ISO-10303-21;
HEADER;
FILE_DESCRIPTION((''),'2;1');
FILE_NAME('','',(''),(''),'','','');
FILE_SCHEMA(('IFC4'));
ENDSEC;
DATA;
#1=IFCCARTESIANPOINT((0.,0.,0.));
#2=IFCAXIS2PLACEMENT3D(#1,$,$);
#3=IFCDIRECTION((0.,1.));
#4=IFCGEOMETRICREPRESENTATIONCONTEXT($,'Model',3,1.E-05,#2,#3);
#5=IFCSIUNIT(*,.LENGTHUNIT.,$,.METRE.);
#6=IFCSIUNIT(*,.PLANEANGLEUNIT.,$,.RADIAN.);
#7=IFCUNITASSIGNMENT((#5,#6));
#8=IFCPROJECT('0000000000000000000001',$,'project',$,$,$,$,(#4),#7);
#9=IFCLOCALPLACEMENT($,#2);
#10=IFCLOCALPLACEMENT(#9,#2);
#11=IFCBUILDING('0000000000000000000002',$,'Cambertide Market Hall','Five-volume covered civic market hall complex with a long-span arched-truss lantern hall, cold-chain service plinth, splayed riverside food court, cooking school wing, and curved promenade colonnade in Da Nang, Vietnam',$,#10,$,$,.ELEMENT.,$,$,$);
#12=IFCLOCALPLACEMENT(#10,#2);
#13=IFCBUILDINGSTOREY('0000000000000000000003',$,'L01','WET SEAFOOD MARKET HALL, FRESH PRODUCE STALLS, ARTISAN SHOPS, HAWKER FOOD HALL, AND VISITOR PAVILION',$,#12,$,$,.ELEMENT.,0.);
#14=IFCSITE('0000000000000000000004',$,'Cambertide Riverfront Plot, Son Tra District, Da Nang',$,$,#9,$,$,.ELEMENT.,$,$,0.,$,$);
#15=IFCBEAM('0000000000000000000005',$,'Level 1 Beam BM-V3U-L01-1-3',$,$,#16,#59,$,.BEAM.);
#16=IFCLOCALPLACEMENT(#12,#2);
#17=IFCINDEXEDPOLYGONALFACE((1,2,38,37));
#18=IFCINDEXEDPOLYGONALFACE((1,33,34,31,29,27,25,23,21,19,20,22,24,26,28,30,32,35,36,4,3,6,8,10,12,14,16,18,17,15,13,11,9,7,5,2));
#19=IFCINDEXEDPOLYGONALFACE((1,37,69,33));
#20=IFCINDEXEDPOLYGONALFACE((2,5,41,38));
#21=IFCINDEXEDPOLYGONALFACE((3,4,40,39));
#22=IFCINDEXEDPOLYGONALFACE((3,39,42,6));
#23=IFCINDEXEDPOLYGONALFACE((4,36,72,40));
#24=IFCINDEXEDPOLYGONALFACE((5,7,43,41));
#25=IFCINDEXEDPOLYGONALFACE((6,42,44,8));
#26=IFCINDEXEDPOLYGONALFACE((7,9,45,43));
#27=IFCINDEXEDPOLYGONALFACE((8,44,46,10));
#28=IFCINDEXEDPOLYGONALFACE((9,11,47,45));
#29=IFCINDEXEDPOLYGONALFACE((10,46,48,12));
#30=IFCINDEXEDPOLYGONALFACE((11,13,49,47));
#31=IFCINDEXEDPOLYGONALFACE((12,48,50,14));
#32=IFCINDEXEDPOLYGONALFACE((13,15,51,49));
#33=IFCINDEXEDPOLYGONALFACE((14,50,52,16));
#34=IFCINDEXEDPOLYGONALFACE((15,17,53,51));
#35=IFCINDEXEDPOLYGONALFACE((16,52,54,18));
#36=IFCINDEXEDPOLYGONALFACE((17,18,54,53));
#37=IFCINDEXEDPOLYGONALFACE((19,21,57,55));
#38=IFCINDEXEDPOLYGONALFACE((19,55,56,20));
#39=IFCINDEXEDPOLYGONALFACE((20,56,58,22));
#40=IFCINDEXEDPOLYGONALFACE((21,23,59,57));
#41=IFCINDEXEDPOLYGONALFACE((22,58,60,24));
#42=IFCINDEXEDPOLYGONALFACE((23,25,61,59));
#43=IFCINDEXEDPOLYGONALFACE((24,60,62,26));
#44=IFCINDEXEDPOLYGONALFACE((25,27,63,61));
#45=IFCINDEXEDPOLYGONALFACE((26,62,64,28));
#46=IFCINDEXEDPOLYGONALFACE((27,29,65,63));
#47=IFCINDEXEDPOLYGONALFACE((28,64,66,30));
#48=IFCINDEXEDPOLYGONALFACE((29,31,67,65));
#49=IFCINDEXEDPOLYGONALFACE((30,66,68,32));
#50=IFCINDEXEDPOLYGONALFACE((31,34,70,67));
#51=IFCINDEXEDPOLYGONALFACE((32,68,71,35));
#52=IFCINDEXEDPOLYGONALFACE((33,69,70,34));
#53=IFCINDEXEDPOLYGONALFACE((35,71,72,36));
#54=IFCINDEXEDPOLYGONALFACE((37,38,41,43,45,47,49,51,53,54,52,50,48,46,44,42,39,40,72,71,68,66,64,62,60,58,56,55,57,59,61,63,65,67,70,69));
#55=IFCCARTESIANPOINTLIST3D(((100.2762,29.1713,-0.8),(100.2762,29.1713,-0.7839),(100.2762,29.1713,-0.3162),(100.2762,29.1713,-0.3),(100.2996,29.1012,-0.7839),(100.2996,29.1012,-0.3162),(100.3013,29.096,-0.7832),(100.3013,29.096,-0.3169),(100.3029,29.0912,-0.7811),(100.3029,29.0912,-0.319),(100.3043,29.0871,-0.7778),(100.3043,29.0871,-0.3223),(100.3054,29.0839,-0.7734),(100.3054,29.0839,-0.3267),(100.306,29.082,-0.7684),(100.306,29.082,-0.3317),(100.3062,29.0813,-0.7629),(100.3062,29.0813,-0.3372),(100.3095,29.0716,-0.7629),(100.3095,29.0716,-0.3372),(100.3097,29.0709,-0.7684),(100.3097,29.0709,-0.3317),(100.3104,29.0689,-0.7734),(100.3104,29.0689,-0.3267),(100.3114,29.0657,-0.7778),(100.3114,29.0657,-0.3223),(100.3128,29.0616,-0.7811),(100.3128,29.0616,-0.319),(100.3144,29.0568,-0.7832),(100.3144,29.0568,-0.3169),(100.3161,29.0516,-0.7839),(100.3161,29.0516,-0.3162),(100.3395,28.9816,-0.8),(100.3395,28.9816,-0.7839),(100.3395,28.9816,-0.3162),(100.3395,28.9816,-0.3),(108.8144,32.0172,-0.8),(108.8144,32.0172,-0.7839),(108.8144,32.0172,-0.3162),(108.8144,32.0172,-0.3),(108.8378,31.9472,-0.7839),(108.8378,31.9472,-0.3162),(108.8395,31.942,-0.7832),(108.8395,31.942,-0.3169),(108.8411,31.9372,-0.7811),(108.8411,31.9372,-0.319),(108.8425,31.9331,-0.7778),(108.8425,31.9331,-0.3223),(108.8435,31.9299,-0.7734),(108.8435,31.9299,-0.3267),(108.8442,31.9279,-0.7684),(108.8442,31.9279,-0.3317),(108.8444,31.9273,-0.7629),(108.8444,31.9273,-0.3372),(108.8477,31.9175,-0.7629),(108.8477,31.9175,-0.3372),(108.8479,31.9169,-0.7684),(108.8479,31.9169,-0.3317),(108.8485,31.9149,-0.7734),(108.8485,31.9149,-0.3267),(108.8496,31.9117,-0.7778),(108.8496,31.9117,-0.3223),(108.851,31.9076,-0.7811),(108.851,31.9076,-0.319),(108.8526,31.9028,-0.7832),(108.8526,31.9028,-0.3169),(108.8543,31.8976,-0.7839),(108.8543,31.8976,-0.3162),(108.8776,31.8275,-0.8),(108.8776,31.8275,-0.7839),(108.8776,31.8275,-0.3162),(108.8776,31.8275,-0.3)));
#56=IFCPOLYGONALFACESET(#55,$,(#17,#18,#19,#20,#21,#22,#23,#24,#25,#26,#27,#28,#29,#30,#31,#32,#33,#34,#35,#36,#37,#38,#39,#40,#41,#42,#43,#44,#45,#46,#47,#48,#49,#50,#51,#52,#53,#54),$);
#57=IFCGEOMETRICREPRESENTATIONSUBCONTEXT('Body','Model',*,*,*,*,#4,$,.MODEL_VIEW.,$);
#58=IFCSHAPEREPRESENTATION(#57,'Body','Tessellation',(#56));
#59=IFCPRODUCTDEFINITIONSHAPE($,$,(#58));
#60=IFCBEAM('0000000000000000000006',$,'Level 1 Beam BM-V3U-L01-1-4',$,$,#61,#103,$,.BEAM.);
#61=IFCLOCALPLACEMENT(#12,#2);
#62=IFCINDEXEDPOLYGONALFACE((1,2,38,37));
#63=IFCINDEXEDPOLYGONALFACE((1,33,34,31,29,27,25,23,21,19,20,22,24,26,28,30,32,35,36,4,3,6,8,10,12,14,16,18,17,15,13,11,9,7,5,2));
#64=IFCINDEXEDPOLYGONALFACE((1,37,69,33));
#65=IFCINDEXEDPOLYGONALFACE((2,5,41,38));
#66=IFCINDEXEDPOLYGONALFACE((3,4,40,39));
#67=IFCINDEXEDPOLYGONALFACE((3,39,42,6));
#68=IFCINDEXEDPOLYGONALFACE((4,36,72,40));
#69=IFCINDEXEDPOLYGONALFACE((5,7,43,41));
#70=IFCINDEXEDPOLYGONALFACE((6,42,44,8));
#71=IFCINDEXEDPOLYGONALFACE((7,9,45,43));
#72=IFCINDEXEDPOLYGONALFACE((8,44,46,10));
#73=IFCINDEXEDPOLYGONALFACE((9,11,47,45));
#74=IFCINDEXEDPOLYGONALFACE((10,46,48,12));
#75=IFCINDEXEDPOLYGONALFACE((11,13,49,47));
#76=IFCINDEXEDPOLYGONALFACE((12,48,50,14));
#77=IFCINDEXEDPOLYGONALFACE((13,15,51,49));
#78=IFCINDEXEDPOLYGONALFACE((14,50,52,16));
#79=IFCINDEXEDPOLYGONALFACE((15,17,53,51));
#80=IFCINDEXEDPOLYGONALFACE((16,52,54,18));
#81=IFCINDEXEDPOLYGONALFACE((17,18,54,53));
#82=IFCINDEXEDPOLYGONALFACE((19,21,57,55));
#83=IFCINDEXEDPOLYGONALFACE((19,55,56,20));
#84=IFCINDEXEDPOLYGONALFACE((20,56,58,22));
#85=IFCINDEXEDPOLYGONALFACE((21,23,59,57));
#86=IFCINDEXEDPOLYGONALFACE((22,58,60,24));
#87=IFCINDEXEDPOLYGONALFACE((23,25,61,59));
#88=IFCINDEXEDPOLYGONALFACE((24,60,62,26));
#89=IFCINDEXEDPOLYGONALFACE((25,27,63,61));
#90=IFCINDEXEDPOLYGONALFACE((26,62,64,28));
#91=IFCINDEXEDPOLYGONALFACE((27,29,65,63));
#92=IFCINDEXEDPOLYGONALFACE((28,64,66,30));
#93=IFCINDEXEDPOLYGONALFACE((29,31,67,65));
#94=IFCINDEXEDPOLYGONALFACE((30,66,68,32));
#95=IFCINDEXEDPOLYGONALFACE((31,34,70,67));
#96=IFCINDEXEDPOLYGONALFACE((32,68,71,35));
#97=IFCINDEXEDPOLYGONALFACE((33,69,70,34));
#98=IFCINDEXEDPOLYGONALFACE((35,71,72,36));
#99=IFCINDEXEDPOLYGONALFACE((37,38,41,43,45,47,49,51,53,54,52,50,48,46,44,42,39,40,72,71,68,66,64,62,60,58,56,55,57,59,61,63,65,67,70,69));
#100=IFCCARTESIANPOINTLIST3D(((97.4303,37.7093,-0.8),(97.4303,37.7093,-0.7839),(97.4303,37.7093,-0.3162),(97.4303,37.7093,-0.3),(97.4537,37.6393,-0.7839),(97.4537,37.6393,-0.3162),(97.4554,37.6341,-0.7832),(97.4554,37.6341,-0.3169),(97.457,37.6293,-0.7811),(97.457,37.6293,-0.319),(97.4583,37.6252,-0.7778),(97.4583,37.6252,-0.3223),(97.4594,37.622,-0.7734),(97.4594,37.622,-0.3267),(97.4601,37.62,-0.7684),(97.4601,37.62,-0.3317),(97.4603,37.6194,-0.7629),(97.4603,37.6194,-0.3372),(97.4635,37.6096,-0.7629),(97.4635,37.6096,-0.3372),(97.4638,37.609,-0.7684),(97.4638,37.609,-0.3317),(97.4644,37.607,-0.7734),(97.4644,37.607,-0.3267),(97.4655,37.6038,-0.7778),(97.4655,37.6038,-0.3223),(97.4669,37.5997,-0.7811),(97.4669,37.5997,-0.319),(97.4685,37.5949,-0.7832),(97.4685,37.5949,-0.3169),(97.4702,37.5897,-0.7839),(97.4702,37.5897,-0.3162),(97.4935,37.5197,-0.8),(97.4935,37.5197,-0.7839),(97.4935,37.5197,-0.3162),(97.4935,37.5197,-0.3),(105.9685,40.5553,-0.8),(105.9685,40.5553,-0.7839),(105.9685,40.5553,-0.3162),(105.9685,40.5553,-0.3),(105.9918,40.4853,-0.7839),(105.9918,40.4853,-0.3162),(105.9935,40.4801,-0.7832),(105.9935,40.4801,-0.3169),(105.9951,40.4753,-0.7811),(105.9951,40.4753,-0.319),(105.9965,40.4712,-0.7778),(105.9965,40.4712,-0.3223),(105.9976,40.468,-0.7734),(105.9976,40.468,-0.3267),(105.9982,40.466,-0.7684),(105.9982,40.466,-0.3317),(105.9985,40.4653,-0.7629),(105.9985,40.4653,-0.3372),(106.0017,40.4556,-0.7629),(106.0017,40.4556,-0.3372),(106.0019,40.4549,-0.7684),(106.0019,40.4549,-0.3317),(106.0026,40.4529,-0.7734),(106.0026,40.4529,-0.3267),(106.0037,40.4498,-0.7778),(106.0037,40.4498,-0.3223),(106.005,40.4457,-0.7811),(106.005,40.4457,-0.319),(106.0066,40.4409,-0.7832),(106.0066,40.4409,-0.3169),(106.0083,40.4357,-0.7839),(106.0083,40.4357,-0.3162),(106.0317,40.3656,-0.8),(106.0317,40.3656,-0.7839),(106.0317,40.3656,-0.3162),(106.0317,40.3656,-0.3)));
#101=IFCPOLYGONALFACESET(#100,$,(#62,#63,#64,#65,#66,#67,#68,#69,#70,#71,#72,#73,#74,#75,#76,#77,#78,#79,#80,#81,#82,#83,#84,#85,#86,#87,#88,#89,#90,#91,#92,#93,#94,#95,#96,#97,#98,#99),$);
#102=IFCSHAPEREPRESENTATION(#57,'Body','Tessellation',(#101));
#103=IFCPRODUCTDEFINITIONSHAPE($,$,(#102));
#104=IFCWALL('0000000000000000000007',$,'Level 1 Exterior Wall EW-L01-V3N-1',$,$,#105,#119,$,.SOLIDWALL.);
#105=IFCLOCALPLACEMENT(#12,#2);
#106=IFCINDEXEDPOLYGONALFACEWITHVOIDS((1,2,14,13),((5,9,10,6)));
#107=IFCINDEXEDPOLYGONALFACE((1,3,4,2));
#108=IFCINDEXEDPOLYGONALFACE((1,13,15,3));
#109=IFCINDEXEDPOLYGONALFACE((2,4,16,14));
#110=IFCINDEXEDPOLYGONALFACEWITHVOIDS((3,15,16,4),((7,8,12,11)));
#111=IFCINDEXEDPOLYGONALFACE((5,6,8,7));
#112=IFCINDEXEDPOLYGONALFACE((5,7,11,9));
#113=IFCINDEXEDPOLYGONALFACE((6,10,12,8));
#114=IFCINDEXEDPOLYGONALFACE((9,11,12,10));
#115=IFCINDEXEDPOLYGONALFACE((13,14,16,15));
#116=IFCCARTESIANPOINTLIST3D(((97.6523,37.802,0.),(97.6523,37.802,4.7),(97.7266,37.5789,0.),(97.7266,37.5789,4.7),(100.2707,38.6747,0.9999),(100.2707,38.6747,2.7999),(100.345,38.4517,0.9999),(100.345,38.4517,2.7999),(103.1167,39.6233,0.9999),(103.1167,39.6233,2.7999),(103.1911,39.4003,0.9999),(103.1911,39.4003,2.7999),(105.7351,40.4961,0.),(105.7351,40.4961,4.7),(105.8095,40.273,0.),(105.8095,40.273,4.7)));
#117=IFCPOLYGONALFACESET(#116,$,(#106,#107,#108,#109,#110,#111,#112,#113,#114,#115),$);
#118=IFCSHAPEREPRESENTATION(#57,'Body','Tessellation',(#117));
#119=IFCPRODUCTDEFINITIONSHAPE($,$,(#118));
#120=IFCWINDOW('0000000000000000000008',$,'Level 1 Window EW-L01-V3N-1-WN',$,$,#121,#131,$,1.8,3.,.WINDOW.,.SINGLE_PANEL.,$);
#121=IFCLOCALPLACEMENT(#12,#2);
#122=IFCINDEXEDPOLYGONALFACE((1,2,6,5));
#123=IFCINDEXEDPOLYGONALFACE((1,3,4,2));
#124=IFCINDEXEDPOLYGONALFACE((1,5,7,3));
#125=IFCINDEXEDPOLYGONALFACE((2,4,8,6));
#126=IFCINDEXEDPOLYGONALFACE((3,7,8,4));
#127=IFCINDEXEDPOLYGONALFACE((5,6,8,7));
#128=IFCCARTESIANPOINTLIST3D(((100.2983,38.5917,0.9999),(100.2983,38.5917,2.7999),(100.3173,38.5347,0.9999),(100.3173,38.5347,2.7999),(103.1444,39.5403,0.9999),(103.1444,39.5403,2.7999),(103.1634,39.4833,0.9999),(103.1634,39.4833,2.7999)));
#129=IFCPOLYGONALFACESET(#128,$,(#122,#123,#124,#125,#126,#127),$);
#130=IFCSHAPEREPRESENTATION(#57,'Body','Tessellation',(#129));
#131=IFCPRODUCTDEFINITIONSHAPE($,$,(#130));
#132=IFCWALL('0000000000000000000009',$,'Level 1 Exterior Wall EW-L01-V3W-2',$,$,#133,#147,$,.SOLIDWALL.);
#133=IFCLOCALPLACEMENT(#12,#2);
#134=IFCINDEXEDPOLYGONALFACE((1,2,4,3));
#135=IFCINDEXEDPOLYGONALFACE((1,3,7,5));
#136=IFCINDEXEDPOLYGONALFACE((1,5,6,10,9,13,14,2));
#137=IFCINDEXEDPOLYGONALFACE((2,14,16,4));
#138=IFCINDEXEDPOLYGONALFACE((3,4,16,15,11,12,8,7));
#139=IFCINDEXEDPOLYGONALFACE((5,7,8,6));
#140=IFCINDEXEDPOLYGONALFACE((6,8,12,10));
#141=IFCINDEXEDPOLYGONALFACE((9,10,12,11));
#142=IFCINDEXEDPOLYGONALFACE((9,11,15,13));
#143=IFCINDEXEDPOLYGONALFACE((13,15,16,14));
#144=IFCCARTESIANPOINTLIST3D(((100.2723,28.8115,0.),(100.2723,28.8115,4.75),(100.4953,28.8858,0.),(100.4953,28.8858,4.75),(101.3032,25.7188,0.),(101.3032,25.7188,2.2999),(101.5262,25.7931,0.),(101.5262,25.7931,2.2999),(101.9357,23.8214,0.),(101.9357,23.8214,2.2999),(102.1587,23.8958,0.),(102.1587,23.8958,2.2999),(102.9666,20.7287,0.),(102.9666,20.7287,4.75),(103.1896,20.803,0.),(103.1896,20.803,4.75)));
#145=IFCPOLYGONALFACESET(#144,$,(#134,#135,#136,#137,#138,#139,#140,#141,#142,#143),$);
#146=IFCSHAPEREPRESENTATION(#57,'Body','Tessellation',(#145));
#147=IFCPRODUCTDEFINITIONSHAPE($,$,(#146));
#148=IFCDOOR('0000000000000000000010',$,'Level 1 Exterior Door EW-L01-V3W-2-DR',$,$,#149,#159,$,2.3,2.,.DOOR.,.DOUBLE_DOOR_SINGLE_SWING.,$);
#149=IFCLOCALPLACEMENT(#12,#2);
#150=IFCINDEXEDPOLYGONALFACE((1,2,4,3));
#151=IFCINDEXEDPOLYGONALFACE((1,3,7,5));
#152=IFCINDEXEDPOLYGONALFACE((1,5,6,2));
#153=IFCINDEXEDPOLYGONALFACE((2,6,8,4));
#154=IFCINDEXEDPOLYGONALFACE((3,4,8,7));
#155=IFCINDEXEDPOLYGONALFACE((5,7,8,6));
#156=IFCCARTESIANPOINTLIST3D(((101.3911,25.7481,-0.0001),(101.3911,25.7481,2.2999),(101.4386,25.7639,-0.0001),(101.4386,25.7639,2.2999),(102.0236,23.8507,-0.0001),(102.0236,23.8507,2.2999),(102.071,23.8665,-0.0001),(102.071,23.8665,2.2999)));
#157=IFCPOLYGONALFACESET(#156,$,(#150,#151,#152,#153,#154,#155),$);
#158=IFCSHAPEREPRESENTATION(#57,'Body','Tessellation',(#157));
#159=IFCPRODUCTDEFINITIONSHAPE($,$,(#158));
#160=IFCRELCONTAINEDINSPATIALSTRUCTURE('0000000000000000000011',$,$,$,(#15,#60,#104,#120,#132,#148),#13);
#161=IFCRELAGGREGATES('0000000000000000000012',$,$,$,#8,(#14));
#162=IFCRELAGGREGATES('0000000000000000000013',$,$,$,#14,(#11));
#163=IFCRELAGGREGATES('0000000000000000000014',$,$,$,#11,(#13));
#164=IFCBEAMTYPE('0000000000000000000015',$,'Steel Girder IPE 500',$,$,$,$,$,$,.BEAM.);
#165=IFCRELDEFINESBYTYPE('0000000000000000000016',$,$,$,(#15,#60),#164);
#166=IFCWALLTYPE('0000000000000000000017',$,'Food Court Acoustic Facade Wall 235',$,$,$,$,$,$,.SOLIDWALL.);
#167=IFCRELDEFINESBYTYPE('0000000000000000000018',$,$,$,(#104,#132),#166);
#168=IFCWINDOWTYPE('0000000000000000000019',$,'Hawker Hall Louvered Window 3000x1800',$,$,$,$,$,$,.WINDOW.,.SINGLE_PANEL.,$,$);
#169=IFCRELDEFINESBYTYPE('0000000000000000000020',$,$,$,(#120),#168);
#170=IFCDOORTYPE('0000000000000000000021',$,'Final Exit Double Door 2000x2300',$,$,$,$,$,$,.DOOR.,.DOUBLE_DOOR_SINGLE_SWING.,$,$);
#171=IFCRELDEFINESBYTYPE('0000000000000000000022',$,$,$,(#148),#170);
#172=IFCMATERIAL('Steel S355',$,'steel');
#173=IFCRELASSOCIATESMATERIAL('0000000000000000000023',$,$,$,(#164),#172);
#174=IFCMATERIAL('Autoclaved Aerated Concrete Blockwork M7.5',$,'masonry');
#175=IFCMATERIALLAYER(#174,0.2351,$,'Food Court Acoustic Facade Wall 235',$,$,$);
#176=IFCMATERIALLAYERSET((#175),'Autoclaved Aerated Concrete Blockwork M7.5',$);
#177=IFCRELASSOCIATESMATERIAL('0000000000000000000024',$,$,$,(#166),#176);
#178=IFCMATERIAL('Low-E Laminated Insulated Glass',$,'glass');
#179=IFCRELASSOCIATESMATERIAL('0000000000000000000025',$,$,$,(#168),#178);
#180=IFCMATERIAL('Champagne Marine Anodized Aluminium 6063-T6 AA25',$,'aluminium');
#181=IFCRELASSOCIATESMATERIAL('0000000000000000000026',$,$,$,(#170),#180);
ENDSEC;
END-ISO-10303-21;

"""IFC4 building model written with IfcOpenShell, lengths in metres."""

from ifc_helpers import new_model, si_unit, direction, frame, frame_2d, origin, origin_2d, place, context, subcontext, project, spatial, rectangle, i_section, extrude, material, layer, layer_set, material_profile, profile_set, type_object, element, fill, save


model = new_model("IFC4")

# Units and contexts
model_context = context("Model", 3, precision=1e-05, world=origin(), true_north=direction((0.0, 1.0)))
body_context = subcontext(model_context, "Body", "Model", "MODEL_VIEW")
ifc_project = project(units=[si_unit("LENGTHUNIT", "METRE"), si_unit("PLANEANGLEUNIT", "RADIAN")], contexts=[model_context])

# Site, building, storey
site_placement = place(None, origin())
site = spatial("IfcSite", under=ifc_project, at=site_placement, Name="Cambertide Riverfront Plot, Son Tra District, Da Nang", CompositionType="ELEMENT", RefElevation=0.0)
building_placement = place(site_placement, origin())
building = spatial("IfcBuilding", under=site, at=building_placement, Name="Cambertide Market Hall", Description="Five-volume covered civic market hall complex with a long-span arched-truss lantern hall, cold-chain service plinth, splayed riverside food court, cooking school wing, and curved promenade colonnade in Da Nang, Vietnam", CompositionType="ELEMENT")
storey_placement = place(building_placement, origin())
storey = spatial("IfcBuildingStorey", under=building, at=storey_placement, Name="L01", Description="WET SEAFOOD MARKET HALL, FRESH PRODUCE STALLS, ARTISAN SHOPS, HAWKER FOOD HALL, AND VISITOR PAVILION", CompositionType="ELEMENT", Elevation=0.0)

# Beams
ifc_material_1 = material(Name="Steel S355", Category="steel")
ifc_material_profile_1 = material_profile(ifc_material_1, i_section(OverallWidth=0.2, OverallDepth=0.5, WebThickness=0.0103, FlangeThickness=0.0161, FilletRadius=0.021, at=origin_2d()), Name="IPE 500")
ifc_profile_set_1 = profile_set([ifc_material_profile_1], Name="Steel S355")
beam_type_1 = type_object("IfcBeamType", Name="Steel Girder IPE 500", PredefinedType="BEAM", material=ifc_profile_set_1)
for number, where, z_axis, x_axis, name in (
    (1, (100.3079, 29.0764, -0.55), (0.948686, 0.31622, 0.0), (-0.31622, 0.948686, 0.0), "Level 1 Beam BM-V3U-L01-1-3"),
    (2, (97.4619, 37.6145, -0.55), (0.948686, 0.31622, 0.0), (-0.31622, 0.948686, 0.0), "Level 1 Beam BM-V3U-L01-1-4"),
):
    element("IfcBeam", number, at=place(storey_placement, frame(where, z_axis=z_axis, x_axis=x_axis)), inside=storey, type_object=beam_type_1, Name=name, PredefinedType="BEAM", context=body_context, shape_type="SweptSolid", body=[
        extrude(i_section(OverallWidth=0.2, OverallDepth=0.5, WebThickness=0.0103, FlangeThickness=0.0161, FilletRadius=0.021, at=origin_2d()), origin(), (0.0, 0.0, 1.0), 9.0),
    ])

# Wall, opening, window
ifc_material_2 = material(Name="Autoclaved Aerated Concrete Blockwork M7.5", Category="masonry")
ifc_layer_1 = layer(ifc_material_2, 0.2351, Name="Food Court Acoustic Facade Wall 235")
ifc_layer_set_1 = layer_set([ifc_layer_1], Name="Autoclaved Aerated Concrete Blockwork M7.5")
wall_type_1 = type_object("IfcWallType", Name="Food Court Acoustic Facade Wall 235", PredefinedType="SOLIDWALL", material=ifc_layer_set_1)
wall_1_placement = place(storey_placement, frame((97.6895, 37.6904, 0.0), z_axis=(0.0, 0.0, 1.0), x_axis=(0.948689, 0.316211, 0.0)))
wall_1 = element("IfcWall", 3, at=wall_1_placement, inside=storey, type_object=wall_type_1, Name="Level 1 Exterior Wall EW-L01-V3N-1", PredefinedType="SOLIDWALL", context=body_context, shape_type="SweptSolid", body=[
    extrude(rectangle(XDim=8.52, YDim=0.2351, at=frame_2d((4.26, 0.0))), origin(), (0.0, 0.0, 1.0), 4.7),
])
opening_1_placement = place(wall_1_placement, frame((2.76, 0.0, 1.0)))
opening_1 = element("IfcOpeningElement", 4, at=opening_1_placement, cuts=wall_1, PredefinedType="OPENING", context=body_context, shape_type="SweptSolid", body=[
    extrude(rectangle(XDim=3.0, YDim=1.8, at=frame_2d((1.5, 0.8999))), frame((0.0, 0.1274, 0.0), z_axis=(0.0, -1.0, 0.0), x_axis=(1.0, 0.0, 0.0)), (0.0, 0.0, 1.0), 0.2551),
])
ifc_material_3 = material(Name="Low-E Laminated Insulated Glass", Category="glass")
window_type = type_object("IfcWindowType", Name="Hawker Hall Louvered Window 3000x1800", PartitioningType="SINGLE_PANEL", PredefinedType="WINDOW", material=ifc_material_3)
window_placement = place(opening_1_placement, origin())
window = element("IfcWindow", 5, at=window_placement, inside=storey, type_object=window_type, Name="Level 1 Window EW-L01-V3N-1-WN", OverallHeight=1.8, OverallWidth=3.0, PartitioningType="SINGLE_PANEL", PredefinedType="WINDOW", context=body_context, shape_type="SweptSolid", body=[
    extrude(rectangle(XDim=3.0, YDim=1.8, at=frame_2d((1.5, 0.8999))), frame((0.0, 0.03, 0.0), z_axis=(0.0, -1.0, 0.0), x_axis=(1.0, 0.0, 0.0)), (0.0, 0.0, 1.0), 0.0601),
])
fill(opening_1, window)

# Wall, opening, door
wall_2_placement = place(storey_placement, frame((103.0781, 20.7659, 0.0), z_axis=(0.0, 0.0, 1.0), x_axis=(-0.316236, 0.94868, 0.0)))
wall_2 = element("IfcWall", 6, at=wall_2_placement, inside=storey, type_object=wall_type_1, Name="Level 1 Exterior Wall EW-L01-V3W-2", PredefinedType="SOLIDWALL", context=body_context, shape_type="SweptSolid", body=[
    extrude(rectangle(XDim=8.52, YDim=0.2351, at=frame_2d((4.26, 0.0))), origin(), (0.0, 0.0, 1.0), 4.75),
])
opening_2_placement = place(wall_2_placement, frame((3.26, 0.0, 0.0)))
opening_2 = element("IfcOpeningElement", 7, at=opening_2_placement, cuts=wall_2, PredefinedType="OPENING", context=body_context, shape_type="SweptSolid", body=[
    extrude(rectangle(XDim=2.0, YDim=2.3, at=frame_2d((1.0, 1.1499))), frame((0.0, 0.1274, 0.0), z_axis=(0.0, -1.0, 0.0), x_axis=(1.0, 0.0, 0.0)), (0.0, 0.0, 1.0), 0.2551),
])
ifc_material_4 = material(Name="Champagne Marine Anodized Aluminium 6063-T6 AA25", Category="aluminium")
door_type_1 = type_object("IfcDoorType", Name="Final Exit Double Door 2000x2300", OperationType="DOUBLE_DOOR_SINGLE_SWING", PredefinedType="DOOR", material=ifc_material_4)
door_1_placement = place(opening_2_placement, origin())
door_1 = element("IfcDoor", 8, at=door_1_placement, inside=storey, type_object=door_type_1, Name="Level 1 Exterior Door EW-L01-V3W-2-DR", OperationType="DOUBLE_DOOR_SINGLE_SWING", OverallHeight=2.3, OverallWidth=2.0, PredefinedType="DOOR", context=body_context, shape_type="SweptSolid", body=[
    extrude(rectangle(XDim=2.0, YDim=2.3, at=frame_2d((1.0, 1.1499))), frame((0.0, 0.0249, 0.0), z_axis=(0.0, -1.0, 0.0), x_axis=(1.0, 0.0, 0.0)), (0.0, 0.0, 1.0), 0.05),
])
fill(opening_2, door_1)

save(model, "model.ifc")
